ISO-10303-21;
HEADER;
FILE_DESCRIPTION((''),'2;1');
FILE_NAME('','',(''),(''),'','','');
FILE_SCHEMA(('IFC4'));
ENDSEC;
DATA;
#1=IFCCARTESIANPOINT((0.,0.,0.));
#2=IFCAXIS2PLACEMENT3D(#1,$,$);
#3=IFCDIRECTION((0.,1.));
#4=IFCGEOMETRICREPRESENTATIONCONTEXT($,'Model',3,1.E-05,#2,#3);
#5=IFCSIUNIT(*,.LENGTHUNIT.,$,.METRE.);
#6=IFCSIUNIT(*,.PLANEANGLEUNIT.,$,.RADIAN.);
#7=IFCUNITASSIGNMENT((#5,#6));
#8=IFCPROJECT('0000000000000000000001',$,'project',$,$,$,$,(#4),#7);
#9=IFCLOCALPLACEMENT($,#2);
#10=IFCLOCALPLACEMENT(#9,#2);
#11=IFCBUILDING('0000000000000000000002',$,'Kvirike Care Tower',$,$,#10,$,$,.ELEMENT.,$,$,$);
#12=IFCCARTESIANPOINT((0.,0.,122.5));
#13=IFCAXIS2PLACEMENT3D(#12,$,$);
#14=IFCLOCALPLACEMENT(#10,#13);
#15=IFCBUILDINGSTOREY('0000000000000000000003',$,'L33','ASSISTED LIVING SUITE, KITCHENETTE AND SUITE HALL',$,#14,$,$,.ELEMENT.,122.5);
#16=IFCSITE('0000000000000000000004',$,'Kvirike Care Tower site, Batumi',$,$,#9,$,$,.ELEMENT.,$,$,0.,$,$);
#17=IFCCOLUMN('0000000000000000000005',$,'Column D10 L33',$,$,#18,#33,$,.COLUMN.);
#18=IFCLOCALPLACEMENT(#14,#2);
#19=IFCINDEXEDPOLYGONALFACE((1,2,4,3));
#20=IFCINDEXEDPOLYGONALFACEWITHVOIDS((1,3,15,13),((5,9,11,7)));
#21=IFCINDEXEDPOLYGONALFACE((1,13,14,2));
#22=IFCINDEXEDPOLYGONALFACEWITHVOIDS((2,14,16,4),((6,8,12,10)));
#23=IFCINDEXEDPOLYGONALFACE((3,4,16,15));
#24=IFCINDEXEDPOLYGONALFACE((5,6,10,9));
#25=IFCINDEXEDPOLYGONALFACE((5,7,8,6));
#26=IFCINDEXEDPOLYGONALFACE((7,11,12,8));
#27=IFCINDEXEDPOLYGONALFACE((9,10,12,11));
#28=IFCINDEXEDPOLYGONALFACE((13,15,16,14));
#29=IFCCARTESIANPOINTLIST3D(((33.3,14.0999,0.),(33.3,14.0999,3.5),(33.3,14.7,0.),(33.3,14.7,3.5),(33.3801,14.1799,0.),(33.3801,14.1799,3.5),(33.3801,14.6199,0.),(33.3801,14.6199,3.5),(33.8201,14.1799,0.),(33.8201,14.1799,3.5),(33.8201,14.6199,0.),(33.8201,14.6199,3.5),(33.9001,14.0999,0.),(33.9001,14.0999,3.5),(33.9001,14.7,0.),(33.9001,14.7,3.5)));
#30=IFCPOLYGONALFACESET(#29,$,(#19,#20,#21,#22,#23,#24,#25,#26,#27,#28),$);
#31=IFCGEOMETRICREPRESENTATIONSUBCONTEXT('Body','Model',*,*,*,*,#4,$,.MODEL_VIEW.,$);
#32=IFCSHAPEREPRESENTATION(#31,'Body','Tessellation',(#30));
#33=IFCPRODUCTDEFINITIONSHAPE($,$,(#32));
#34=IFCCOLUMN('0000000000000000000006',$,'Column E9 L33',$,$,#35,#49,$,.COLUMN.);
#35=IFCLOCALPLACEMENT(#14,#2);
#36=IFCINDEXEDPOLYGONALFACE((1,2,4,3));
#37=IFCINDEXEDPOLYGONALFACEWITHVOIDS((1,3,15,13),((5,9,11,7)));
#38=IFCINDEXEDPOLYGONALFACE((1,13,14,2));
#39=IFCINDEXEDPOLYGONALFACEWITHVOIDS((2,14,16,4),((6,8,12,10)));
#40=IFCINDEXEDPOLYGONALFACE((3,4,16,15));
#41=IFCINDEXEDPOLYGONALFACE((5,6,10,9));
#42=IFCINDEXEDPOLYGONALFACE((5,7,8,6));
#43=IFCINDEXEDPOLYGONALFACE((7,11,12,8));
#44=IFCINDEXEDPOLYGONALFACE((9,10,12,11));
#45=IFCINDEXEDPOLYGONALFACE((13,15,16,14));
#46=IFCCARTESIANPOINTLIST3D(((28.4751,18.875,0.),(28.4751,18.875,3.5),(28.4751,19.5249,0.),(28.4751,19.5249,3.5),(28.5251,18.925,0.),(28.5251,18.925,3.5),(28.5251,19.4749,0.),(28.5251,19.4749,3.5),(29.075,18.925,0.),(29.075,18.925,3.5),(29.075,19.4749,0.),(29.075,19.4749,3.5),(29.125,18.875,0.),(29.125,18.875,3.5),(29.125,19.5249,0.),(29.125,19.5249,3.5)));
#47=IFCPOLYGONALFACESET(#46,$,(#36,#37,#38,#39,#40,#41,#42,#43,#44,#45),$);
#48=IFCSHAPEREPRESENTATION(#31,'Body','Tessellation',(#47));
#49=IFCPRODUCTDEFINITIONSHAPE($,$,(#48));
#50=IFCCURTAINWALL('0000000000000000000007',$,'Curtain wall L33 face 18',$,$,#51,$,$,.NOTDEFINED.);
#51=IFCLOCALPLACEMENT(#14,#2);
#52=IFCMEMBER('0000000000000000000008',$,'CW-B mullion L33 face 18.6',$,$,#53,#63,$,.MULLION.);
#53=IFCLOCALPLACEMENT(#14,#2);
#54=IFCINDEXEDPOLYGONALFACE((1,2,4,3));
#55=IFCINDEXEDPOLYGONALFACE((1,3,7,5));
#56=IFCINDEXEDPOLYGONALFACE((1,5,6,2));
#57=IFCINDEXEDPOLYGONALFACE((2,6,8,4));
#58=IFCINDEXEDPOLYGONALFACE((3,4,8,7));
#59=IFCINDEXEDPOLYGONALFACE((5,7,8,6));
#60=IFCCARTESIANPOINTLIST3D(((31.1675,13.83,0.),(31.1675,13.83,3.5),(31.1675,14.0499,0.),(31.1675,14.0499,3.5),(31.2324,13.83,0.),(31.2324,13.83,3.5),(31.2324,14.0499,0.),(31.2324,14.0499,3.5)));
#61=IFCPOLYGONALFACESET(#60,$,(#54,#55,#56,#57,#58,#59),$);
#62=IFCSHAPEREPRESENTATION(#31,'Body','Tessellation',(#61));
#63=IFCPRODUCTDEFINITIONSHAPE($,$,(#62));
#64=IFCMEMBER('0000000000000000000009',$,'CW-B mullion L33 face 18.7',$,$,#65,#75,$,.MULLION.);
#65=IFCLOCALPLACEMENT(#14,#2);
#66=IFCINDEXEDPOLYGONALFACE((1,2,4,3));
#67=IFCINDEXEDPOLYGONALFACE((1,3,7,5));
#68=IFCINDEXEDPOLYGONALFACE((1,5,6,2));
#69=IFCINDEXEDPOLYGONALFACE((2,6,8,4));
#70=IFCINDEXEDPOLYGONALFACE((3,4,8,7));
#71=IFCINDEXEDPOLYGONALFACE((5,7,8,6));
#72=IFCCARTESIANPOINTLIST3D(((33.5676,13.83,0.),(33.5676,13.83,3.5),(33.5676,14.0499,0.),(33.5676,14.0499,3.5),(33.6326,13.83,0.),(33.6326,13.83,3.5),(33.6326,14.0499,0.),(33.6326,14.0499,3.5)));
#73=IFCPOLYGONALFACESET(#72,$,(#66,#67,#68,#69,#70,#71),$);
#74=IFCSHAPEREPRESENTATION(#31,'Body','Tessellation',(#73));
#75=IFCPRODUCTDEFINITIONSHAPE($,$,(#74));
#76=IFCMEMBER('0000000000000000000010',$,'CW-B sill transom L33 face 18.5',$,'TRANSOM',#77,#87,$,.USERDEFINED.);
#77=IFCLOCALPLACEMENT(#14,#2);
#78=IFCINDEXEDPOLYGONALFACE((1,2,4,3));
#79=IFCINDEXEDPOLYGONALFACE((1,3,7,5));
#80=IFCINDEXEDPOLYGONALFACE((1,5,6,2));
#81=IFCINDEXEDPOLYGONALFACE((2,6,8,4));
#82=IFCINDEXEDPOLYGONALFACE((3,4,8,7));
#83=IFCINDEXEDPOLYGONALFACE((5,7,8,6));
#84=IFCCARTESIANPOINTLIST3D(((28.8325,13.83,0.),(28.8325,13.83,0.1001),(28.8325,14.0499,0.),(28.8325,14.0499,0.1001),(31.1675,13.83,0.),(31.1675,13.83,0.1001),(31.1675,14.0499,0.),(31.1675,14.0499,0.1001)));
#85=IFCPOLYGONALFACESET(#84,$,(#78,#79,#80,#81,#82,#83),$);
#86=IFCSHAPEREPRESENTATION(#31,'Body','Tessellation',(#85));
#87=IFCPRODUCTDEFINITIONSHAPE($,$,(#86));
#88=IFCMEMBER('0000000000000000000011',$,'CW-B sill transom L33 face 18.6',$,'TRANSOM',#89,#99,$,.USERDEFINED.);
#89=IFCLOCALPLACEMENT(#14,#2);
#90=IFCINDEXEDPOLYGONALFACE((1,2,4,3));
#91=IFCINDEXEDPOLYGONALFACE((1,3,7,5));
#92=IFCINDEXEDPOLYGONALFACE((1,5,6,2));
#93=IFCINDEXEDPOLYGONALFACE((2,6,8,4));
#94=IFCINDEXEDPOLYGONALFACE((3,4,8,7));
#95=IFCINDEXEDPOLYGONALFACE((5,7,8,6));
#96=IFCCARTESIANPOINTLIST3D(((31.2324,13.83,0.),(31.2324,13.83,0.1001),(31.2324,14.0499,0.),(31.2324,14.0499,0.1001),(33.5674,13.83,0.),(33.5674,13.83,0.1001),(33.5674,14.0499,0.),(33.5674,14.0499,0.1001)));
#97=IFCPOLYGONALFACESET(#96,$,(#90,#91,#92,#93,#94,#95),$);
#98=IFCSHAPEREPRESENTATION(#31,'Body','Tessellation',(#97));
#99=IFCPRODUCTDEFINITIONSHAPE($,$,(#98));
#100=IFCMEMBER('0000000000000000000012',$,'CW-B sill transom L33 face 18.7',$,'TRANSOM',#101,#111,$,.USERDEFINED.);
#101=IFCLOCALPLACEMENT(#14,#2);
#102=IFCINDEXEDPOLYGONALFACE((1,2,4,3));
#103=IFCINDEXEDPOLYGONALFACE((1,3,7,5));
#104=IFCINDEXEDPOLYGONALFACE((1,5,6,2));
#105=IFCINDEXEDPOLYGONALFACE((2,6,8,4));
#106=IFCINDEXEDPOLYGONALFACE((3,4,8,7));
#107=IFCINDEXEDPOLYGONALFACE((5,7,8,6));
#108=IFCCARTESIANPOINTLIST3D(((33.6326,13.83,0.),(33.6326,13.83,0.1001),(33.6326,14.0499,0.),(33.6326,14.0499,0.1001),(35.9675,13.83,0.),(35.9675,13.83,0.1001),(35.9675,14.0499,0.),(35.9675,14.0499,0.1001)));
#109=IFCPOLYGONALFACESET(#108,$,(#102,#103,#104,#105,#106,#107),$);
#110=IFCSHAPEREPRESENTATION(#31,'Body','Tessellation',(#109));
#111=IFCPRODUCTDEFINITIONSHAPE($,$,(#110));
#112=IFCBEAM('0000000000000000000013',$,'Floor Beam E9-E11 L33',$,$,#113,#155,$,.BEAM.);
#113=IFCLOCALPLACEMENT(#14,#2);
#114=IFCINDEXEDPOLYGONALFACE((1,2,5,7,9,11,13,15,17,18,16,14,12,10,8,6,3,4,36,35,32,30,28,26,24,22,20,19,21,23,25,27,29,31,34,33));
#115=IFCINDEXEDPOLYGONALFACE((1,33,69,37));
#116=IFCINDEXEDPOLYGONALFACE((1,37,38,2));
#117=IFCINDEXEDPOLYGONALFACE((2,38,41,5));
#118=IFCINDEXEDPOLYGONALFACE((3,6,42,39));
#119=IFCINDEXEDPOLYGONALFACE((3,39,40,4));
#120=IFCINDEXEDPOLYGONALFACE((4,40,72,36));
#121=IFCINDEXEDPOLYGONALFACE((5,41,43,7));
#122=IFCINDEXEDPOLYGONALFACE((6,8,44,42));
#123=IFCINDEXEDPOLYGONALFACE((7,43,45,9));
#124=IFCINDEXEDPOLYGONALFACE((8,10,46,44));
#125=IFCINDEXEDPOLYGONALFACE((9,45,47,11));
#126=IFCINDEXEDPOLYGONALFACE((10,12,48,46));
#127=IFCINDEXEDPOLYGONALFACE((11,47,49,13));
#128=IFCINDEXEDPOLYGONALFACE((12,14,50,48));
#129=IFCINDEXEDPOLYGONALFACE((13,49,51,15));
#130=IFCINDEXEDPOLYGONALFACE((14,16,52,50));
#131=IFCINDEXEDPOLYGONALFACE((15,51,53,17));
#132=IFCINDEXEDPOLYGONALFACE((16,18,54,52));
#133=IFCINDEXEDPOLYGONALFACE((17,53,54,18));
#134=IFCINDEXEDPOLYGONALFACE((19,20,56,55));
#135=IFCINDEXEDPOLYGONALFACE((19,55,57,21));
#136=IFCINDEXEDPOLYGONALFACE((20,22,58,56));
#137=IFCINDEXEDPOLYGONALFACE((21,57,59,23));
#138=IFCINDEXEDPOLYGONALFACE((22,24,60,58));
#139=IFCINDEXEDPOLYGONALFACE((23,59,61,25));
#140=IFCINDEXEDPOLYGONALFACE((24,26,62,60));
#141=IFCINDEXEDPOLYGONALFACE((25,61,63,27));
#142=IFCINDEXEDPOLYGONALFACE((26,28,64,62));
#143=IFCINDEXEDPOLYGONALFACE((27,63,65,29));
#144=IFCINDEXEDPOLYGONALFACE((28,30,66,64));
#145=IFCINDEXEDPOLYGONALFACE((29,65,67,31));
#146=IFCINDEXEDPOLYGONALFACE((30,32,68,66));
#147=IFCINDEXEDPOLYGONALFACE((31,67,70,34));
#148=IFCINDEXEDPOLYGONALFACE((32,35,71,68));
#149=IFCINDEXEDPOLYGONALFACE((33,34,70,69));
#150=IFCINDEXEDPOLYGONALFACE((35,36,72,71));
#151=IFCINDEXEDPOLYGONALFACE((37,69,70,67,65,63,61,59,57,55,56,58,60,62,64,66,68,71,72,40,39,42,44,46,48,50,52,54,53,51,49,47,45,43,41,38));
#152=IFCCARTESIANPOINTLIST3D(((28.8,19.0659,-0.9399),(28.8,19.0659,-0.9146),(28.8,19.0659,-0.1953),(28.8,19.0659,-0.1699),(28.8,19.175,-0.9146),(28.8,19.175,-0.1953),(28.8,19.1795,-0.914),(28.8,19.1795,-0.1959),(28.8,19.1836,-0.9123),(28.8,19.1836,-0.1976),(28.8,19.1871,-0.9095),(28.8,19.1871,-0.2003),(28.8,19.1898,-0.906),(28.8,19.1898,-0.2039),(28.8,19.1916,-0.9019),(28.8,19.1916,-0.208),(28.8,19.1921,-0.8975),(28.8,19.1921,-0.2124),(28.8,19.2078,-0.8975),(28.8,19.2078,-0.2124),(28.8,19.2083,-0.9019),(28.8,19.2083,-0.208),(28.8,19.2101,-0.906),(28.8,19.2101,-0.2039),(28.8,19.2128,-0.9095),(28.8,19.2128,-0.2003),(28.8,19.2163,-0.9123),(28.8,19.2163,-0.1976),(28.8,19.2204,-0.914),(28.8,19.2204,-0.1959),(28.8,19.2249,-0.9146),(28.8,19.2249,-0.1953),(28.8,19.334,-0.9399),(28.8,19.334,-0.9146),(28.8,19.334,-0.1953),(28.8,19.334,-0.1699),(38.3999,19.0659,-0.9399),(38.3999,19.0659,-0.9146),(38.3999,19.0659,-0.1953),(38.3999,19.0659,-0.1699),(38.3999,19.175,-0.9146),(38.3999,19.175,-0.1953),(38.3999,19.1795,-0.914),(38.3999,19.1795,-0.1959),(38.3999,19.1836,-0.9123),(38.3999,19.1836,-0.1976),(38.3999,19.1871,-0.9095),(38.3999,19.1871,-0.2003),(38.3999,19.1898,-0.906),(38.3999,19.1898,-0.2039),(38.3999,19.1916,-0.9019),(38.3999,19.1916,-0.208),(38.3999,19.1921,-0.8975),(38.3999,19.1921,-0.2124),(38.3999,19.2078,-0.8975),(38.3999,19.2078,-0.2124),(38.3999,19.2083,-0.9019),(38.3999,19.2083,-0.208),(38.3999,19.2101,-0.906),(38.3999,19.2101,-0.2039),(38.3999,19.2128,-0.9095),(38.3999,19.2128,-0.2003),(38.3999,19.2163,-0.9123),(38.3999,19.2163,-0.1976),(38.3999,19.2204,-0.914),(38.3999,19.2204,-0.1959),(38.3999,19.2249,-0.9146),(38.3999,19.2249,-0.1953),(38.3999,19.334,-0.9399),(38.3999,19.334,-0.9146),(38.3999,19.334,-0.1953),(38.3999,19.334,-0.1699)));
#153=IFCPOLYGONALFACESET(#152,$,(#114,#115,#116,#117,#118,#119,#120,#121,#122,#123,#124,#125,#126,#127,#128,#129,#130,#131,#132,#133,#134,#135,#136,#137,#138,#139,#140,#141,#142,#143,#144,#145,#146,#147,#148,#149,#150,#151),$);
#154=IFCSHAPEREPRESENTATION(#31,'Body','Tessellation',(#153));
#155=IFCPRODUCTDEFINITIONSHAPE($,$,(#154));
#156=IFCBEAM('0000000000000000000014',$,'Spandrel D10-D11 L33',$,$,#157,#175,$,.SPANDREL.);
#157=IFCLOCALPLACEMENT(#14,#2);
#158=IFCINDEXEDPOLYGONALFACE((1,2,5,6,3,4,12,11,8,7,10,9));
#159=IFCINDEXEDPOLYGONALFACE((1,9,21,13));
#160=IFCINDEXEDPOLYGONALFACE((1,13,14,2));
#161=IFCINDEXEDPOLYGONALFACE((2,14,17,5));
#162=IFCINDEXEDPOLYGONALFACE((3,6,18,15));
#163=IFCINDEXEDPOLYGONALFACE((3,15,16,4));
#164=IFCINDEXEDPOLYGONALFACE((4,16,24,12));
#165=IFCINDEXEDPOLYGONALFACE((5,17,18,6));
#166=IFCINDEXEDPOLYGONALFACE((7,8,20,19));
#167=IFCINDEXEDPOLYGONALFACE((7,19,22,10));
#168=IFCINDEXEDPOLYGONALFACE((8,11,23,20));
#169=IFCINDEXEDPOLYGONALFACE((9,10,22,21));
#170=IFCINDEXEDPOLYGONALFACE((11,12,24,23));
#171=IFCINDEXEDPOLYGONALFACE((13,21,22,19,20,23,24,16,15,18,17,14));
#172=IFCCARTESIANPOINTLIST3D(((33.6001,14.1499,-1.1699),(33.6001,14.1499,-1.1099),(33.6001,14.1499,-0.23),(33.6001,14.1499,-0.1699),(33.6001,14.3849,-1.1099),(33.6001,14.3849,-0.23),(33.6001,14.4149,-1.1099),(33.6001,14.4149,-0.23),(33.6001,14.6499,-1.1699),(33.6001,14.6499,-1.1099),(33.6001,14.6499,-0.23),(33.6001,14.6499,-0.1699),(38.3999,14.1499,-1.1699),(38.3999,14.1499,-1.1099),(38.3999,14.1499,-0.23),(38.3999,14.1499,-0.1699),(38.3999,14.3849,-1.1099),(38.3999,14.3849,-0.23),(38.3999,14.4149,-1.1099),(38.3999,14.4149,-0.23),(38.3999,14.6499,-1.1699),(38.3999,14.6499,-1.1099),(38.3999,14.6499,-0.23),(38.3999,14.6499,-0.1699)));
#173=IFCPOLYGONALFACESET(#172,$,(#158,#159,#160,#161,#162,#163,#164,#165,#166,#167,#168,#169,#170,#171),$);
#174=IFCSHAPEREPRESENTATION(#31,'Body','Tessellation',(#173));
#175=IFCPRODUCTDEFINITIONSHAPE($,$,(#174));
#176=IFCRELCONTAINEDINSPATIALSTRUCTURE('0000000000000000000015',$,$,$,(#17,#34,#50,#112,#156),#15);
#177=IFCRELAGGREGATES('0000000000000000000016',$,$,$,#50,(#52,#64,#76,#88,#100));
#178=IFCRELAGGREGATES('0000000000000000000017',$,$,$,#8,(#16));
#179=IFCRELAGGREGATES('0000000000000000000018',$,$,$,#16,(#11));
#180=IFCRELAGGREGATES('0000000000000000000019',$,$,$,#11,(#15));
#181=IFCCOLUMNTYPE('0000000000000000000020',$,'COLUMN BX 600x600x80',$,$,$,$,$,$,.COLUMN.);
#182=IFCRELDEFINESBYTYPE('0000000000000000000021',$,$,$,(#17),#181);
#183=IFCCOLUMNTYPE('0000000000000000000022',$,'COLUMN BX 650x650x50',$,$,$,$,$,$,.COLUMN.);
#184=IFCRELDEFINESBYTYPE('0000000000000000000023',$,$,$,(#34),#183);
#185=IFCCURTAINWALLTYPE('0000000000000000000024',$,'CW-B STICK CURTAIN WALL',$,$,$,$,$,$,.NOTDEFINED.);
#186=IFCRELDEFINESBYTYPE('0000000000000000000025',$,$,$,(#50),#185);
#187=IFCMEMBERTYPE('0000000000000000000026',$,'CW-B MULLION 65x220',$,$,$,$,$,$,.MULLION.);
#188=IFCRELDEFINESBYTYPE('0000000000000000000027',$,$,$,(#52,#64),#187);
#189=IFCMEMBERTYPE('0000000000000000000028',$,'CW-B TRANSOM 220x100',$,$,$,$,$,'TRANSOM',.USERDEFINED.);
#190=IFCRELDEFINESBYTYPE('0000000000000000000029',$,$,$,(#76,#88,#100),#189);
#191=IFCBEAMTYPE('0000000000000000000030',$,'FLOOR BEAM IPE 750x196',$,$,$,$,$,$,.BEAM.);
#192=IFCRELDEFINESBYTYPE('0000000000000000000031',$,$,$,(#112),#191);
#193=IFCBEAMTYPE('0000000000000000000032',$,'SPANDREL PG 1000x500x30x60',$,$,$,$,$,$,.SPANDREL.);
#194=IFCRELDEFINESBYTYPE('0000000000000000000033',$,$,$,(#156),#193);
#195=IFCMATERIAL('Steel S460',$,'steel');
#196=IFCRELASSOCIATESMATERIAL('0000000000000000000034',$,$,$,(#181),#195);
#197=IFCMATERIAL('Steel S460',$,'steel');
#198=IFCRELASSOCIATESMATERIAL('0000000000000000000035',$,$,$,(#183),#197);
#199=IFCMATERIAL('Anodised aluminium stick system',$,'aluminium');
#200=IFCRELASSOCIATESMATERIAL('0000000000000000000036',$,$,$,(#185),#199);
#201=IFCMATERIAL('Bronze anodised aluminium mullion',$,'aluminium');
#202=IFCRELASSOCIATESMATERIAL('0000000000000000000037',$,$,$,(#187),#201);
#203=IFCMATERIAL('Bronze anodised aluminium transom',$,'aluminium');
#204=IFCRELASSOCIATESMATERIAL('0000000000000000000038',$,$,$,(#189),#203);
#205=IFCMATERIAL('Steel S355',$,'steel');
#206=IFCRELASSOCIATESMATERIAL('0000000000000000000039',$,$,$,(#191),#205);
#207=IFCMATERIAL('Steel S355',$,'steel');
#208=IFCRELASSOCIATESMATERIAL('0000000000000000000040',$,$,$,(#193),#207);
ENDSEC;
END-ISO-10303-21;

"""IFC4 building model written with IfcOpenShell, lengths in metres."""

from ifc_helpers import new_model, si_unit, direction, frame, origin, origin_2d, place, context, subcontext, project, spatial, rectangle, hollow_rectangle, i_section, extrude, material, material_profile, profile_set, type_object, element, aggregate, save


model = new_model("IFC4")

# Units and contexts
model_context = context("Model", 3, precision=1e-05, world=origin(), true_north=direction((0.0, 1.0)))
body_context = subcontext(model_context, "Body", "Model", "MODEL_VIEW")
ifc_project = project(units=[si_unit("LENGTHUNIT", "METRE"), si_unit("PLANEANGLEUNIT", "RADIAN")], contexts=[model_context])

# Site, building, storey
site_placement = place(None, origin())
site = spatial("IfcSite", under=ifc_project, at=site_placement, Name="Kvirike Care Tower site, Batumi", CompositionType="ELEMENT", RefElevation=0.0)
building_placement = place(site_placement, origin())
building = spatial("IfcBuilding", under=site, at=building_placement, Name="Kvirike Care Tower", CompositionType="ELEMENT")
storey_placement = place(building_placement, frame((0.0, 0.0, 122.5)))
storey = spatial("IfcBuildingStorey", under=building, at=storey_placement, Name="L33", Description="ASSISTED LIVING SUITE, KITCHENETTE AND SUITE HALL", CompositionType="ELEMENT", Elevation=122.5)

# Columns
ifc_material_1 = material(Name="Steel S460", Category="steel")
ifc_material_profile_1 = material_profile(ifc_material_1, hollow_rectangle(XDim=0.6001, YDim=0.6001, WallThickness=0.0801, at=origin_2d()), Name="BX 600x600x80")
ifc_profile_set_1 = profile_set([ifc_material_profile_1], Name="Steel S460")
column_type_1 = type_object("IfcColumnType", Name="COLUMN BX 600x600x80", PredefinedType="COLUMN", material=ifc_profile_set_1)
column_1_placement = place(storey_placement, frame((33.6001, 14.3999, 0.0), z_axis=(0.0, 0.0, 1.0), x_axis=(0.0, 1.0, 0.0)))
element("IfcColumn", 1, at=column_1_placement, inside=storey, type_object=column_type_1, Name="Column D10 L33", PredefinedType="COLUMN", context=body_context, shape_type="SweptSolid", body=[
    extrude(hollow_rectangle(XDim=0.6001, YDim=0.6001, WallThickness=0.0801, at=origin_2d()), origin(), (0.0, 0.0, 1.0), 3.5),
])
ifc_material_2 = material(Name="Steel S460", Category="steel")
ifc_material_profile_2 = material_profile(ifc_material_2, hollow_rectangle(XDim=0.6499, YDim=0.6499, WallThickness=0.05, at=origin_2d()), Name="BX 650x650x50")
ifc_profile_set_2 = profile_set([ifc_material_profile_2], Name="Steel S460")
column_type_2 = type_object("IfcColumnType", Name="COLUMN BX 650x650x50", PredefinedType="COLUMN", material=ifc_profile_set_2)
column_2_placement = place(storey_placement, frame((28.8, 19.2, 0.0), z_axis=(0.0, 0.0, 1.0), x_axis=(1.0, 0.0, 0.0)))
element("IfcColumn", 2, at=column_2_placement, inside=storey, type_object=column_type_2, Name="Column E9 L33", PredefinedType="COLUMN", context=body_context, shape_type="SweptSolid", body=[
    extrude(hollow_rectangle(XDim=0.6499, YDim=0.6499, WallThickness=0.05, at=origin_2d()), origin(), (0.0, 0.0, 1.0), 3.5),
])

# Curtain wall, members
ifc_material_3 = material(Name="Anodised aluminium stick system", Category="aluminium")
curtain_wall_type = type_object("IfcCurtainWallType", Name="CW-B STICK CURTAIN WALL", PredefinedType="NOTDEFINED", material=ifc_material_3)
curtain_wall_placement = place(storey_placement, origin())
curtain_wall = element("IfcCurtainWall", 3, at=curtain_wall_placement, inside=storey, type_object=curtain_wall_type, Name="Curtain wall L33 face 18", PredefinedType="NOTDEFINED")
ifc_material_4 = material(Name="Bronze anodised aluminium mullion", Category="aluminium")
ifc_material_profile_3 = material_profile(ifc_material_4, rectangle(XDim=0.0649, YDim=0.22, at=origin_2d()), Name="CW-B MULLION 65x220")
ifc_profile_set_3 = profile_set([ifc_material_profile_3], Name="Bronze anodised aluminium mullion")
member_type_1 = type_object("IfcMemberType", Name="CW-B MULLION 65x220", PredefinedType="MULLION", material=ifc_profile_set_3)
member_1_placement = place(storey_placement, frame((31.2, 13.9399, 0.0), z_axis=(0.0, 0.0, 1.0), x_axis=(1.0, 0.0, 0.0)))
member_1 = element("IfcMember", 4, at=member_1_placement, type_object=member_type_1, Name="CW-B mullion L33 face 18.6", PredefinedType="MULLION", context=body_context, shape_type="SweptSolid", body=[
    extrude(rectangle(XDim=0.0649, YDim=0.22, at=origin_2d()), origin(), (0.0, 0.0, 1.0), 3.5),
])
member_2_placement = place(storey_placement, frame((33.6001, 13.9399, 0.0), z_axis=(0.0, 0.0, 1.0), x_axis=(1.0, 0.0, 0.0)))
member_2 = element("IfcMember", 5, at=member_2_placement, type_object=member_type_1, Name="CW-B mullion L33 face 18.7", PredefinedType="MULLION", context=body_context, shape_type="SweptSolid", body=[
    extrude(rectangle(XDim=0.0649, YDim=0.22, at=origin_2d()), origin(), (0.0, 0.0, 1.0), 3.5),
])
ifc_material_5 = material(Name="Bronze anodised aluminium transom", Category="aluminium")
ifc_material_profile_4 = material_profile(ifc_material_5, rectangle(XDim=0.22, YDim=0.1001, at=origin_2d()), Name="CW-B TRANSOM 220x100")
ifc_profile_set_4 = profile_set([ifc_material_profile_4], Name="Bronze anodised aluminium transom")
member_type_2 = type_object("IfcMemberType", Name="CW-B TRANSOM 220x100", ElementType="TRANSOM", PredefinedType="USERDEFINED", material=ifc_profile_set_4)
member_3_placement = place(storey_placement, frame((28.8325, 13.9399, 0.05), z_axis=(1.0, 0.0, 0.0), x_axis=(0.0, 1.0, 0.0)))
member_3 = element("IfcMember", 6, at=member_3_placement, type_object=member_type_2, Name="CW-B sill transom L33 face 18.5", ObjectType="TRANSOM", PredefinedType="USERDEFINED", context=body_context, shape_type="SweptSolid", body=[
    extrude(rectangle(XDim=0.22, YDim=0.1001, at=origin_2d()), origin(), (0.0, 0.0, 1.0), 2.335),
])
member_4_placement = place(storey_placement, frame((31.2324, 13.9399, 0.05), z_axis=(1.0, 0.0, 0.0), x_axis=(0.0, 1.0, 0.0)))
member_4 = element("IfcMember", 7, at=member_4_placement, type_object=member_type_2, Name="CW-B sill transom L33 face 18.6", ObjectType="TRANSOM", PredefinedType="USERDEFINED", context=body_context, shape_type="SweptSolid", body=[
    extrude(rectangle(XDim=0.22, YDim=0.1001, at=origin_2d()), origin(), (0.0, 0.0, 1.0), 2.335),
])
member_5_placement = place(storey_placement, frame((33.6326, 13.9399, 0.05), z_axis=(1.0, 0.0, 0.0), x_axis=(0.0, 1.0, 0.0)))
member_5 = element("IfcMember", 8, at=member_5_placement, type_object=member_type_2, Name="CW-B sill transom L33 face 18.7", ObjectType="TRANSOM", PredefinedType="USERDEFINED", context=body_context, shape_type="SweptSolid", body=[
    extrude(rectangle(XDim=0.22, YDim=0.1001, at=origin_2d()), origin(), (0.0, 0.0, 1.0), 2.335),
])

# Beams
ifc_material_6 = material(Name="Steel S355", Category="steel")
ifc_material_profile_5 = material_profile(ifc_material_6, i_section(OverallWidth=0.2681, OverallDepth=0.77, WebThickness=0.0156, FlangeThickness=0.0254, FilletRadius=0.0171, at=origin_2d()), Name="IPE 750x196")
ifc_profile_set_5 = profile_set([ifc_material_profile_5], Name="Steel S355")
beam_type_1 = type_object("IfcBeamType", Name="FLOOR BEAM IPE 750x196", PredefinedType="BEAM", material=ifc_profile_set_5)
beam_1_placement = place(storey_placement, frame((28.8, 19.2, -0.5549), z_axis=(1.0, 0.0, 0.0), x_axis=(0.0, 1.0, 0.0)))
element("IfcBeam", 9, at=beam_1_placement, inside=storey, type_object=beam_type_1, Name="Floor Beam E9-E11 L33", PredefinedType="BEAM", context=body_context, shape_type="SweptSolid", body=[
    extrude(i_section(OverallWidth=0.2681, OverallDepth=0.77, WebThickness=0.0156, FlangeThickness=0.0254, FilletRadius=0.0171, at=origin_2d()), origin(), (0.0, 0.0, 1.0), 9.5999),
])
ifc_material_7 = material(Name="Steel S355", Category="steel")
ifc_material_profile_6 = material_profile(ifc_material_7, i_section(OverallWidth=0.5, OverallDepth=1.0, WebThickness=0.03, FlangeThickness=0.0601, at=origin_2d()), Name="PG 1000x500x30x60")
ifc_profile_set_6 = profile_set([ifc_material_profile_6], Name="Steel S355")
beam_type_2 = type_object("IfcBeamType", Name="SPANDREL PG 1000x500x30x60", PredefinedType="SPANDREL", material=ifc_profile_set_6)
beam_2_placement = place(storey_placement, frame((33.6001, 14.3999, -0.6699), z_axis=(1.0, 0.0, 0.0), x_axis=(0.0, 1.0, 0.0)))
element("IfcBeam", 10, at=beam_2_placement, inside=storey, type_object=beam_type_2, Name="Spandrel D10-D11 L33", PredefinedType="SPANDREL", context=body_context, shape_type="SweptSolid", body=[
    extrude(i_section(OverallWidth=0.5, OverallDepth=1.0, WebThickness=0.03, FlangeThickness=0.0601, at=origin_2d()), origin(), (0.0, 0.0, 1.0), 4.7998),
])

aggregate(curtain_wall, [member_1, member_2, member_3, member_4, member_5])

save(model, "model.ifc")
